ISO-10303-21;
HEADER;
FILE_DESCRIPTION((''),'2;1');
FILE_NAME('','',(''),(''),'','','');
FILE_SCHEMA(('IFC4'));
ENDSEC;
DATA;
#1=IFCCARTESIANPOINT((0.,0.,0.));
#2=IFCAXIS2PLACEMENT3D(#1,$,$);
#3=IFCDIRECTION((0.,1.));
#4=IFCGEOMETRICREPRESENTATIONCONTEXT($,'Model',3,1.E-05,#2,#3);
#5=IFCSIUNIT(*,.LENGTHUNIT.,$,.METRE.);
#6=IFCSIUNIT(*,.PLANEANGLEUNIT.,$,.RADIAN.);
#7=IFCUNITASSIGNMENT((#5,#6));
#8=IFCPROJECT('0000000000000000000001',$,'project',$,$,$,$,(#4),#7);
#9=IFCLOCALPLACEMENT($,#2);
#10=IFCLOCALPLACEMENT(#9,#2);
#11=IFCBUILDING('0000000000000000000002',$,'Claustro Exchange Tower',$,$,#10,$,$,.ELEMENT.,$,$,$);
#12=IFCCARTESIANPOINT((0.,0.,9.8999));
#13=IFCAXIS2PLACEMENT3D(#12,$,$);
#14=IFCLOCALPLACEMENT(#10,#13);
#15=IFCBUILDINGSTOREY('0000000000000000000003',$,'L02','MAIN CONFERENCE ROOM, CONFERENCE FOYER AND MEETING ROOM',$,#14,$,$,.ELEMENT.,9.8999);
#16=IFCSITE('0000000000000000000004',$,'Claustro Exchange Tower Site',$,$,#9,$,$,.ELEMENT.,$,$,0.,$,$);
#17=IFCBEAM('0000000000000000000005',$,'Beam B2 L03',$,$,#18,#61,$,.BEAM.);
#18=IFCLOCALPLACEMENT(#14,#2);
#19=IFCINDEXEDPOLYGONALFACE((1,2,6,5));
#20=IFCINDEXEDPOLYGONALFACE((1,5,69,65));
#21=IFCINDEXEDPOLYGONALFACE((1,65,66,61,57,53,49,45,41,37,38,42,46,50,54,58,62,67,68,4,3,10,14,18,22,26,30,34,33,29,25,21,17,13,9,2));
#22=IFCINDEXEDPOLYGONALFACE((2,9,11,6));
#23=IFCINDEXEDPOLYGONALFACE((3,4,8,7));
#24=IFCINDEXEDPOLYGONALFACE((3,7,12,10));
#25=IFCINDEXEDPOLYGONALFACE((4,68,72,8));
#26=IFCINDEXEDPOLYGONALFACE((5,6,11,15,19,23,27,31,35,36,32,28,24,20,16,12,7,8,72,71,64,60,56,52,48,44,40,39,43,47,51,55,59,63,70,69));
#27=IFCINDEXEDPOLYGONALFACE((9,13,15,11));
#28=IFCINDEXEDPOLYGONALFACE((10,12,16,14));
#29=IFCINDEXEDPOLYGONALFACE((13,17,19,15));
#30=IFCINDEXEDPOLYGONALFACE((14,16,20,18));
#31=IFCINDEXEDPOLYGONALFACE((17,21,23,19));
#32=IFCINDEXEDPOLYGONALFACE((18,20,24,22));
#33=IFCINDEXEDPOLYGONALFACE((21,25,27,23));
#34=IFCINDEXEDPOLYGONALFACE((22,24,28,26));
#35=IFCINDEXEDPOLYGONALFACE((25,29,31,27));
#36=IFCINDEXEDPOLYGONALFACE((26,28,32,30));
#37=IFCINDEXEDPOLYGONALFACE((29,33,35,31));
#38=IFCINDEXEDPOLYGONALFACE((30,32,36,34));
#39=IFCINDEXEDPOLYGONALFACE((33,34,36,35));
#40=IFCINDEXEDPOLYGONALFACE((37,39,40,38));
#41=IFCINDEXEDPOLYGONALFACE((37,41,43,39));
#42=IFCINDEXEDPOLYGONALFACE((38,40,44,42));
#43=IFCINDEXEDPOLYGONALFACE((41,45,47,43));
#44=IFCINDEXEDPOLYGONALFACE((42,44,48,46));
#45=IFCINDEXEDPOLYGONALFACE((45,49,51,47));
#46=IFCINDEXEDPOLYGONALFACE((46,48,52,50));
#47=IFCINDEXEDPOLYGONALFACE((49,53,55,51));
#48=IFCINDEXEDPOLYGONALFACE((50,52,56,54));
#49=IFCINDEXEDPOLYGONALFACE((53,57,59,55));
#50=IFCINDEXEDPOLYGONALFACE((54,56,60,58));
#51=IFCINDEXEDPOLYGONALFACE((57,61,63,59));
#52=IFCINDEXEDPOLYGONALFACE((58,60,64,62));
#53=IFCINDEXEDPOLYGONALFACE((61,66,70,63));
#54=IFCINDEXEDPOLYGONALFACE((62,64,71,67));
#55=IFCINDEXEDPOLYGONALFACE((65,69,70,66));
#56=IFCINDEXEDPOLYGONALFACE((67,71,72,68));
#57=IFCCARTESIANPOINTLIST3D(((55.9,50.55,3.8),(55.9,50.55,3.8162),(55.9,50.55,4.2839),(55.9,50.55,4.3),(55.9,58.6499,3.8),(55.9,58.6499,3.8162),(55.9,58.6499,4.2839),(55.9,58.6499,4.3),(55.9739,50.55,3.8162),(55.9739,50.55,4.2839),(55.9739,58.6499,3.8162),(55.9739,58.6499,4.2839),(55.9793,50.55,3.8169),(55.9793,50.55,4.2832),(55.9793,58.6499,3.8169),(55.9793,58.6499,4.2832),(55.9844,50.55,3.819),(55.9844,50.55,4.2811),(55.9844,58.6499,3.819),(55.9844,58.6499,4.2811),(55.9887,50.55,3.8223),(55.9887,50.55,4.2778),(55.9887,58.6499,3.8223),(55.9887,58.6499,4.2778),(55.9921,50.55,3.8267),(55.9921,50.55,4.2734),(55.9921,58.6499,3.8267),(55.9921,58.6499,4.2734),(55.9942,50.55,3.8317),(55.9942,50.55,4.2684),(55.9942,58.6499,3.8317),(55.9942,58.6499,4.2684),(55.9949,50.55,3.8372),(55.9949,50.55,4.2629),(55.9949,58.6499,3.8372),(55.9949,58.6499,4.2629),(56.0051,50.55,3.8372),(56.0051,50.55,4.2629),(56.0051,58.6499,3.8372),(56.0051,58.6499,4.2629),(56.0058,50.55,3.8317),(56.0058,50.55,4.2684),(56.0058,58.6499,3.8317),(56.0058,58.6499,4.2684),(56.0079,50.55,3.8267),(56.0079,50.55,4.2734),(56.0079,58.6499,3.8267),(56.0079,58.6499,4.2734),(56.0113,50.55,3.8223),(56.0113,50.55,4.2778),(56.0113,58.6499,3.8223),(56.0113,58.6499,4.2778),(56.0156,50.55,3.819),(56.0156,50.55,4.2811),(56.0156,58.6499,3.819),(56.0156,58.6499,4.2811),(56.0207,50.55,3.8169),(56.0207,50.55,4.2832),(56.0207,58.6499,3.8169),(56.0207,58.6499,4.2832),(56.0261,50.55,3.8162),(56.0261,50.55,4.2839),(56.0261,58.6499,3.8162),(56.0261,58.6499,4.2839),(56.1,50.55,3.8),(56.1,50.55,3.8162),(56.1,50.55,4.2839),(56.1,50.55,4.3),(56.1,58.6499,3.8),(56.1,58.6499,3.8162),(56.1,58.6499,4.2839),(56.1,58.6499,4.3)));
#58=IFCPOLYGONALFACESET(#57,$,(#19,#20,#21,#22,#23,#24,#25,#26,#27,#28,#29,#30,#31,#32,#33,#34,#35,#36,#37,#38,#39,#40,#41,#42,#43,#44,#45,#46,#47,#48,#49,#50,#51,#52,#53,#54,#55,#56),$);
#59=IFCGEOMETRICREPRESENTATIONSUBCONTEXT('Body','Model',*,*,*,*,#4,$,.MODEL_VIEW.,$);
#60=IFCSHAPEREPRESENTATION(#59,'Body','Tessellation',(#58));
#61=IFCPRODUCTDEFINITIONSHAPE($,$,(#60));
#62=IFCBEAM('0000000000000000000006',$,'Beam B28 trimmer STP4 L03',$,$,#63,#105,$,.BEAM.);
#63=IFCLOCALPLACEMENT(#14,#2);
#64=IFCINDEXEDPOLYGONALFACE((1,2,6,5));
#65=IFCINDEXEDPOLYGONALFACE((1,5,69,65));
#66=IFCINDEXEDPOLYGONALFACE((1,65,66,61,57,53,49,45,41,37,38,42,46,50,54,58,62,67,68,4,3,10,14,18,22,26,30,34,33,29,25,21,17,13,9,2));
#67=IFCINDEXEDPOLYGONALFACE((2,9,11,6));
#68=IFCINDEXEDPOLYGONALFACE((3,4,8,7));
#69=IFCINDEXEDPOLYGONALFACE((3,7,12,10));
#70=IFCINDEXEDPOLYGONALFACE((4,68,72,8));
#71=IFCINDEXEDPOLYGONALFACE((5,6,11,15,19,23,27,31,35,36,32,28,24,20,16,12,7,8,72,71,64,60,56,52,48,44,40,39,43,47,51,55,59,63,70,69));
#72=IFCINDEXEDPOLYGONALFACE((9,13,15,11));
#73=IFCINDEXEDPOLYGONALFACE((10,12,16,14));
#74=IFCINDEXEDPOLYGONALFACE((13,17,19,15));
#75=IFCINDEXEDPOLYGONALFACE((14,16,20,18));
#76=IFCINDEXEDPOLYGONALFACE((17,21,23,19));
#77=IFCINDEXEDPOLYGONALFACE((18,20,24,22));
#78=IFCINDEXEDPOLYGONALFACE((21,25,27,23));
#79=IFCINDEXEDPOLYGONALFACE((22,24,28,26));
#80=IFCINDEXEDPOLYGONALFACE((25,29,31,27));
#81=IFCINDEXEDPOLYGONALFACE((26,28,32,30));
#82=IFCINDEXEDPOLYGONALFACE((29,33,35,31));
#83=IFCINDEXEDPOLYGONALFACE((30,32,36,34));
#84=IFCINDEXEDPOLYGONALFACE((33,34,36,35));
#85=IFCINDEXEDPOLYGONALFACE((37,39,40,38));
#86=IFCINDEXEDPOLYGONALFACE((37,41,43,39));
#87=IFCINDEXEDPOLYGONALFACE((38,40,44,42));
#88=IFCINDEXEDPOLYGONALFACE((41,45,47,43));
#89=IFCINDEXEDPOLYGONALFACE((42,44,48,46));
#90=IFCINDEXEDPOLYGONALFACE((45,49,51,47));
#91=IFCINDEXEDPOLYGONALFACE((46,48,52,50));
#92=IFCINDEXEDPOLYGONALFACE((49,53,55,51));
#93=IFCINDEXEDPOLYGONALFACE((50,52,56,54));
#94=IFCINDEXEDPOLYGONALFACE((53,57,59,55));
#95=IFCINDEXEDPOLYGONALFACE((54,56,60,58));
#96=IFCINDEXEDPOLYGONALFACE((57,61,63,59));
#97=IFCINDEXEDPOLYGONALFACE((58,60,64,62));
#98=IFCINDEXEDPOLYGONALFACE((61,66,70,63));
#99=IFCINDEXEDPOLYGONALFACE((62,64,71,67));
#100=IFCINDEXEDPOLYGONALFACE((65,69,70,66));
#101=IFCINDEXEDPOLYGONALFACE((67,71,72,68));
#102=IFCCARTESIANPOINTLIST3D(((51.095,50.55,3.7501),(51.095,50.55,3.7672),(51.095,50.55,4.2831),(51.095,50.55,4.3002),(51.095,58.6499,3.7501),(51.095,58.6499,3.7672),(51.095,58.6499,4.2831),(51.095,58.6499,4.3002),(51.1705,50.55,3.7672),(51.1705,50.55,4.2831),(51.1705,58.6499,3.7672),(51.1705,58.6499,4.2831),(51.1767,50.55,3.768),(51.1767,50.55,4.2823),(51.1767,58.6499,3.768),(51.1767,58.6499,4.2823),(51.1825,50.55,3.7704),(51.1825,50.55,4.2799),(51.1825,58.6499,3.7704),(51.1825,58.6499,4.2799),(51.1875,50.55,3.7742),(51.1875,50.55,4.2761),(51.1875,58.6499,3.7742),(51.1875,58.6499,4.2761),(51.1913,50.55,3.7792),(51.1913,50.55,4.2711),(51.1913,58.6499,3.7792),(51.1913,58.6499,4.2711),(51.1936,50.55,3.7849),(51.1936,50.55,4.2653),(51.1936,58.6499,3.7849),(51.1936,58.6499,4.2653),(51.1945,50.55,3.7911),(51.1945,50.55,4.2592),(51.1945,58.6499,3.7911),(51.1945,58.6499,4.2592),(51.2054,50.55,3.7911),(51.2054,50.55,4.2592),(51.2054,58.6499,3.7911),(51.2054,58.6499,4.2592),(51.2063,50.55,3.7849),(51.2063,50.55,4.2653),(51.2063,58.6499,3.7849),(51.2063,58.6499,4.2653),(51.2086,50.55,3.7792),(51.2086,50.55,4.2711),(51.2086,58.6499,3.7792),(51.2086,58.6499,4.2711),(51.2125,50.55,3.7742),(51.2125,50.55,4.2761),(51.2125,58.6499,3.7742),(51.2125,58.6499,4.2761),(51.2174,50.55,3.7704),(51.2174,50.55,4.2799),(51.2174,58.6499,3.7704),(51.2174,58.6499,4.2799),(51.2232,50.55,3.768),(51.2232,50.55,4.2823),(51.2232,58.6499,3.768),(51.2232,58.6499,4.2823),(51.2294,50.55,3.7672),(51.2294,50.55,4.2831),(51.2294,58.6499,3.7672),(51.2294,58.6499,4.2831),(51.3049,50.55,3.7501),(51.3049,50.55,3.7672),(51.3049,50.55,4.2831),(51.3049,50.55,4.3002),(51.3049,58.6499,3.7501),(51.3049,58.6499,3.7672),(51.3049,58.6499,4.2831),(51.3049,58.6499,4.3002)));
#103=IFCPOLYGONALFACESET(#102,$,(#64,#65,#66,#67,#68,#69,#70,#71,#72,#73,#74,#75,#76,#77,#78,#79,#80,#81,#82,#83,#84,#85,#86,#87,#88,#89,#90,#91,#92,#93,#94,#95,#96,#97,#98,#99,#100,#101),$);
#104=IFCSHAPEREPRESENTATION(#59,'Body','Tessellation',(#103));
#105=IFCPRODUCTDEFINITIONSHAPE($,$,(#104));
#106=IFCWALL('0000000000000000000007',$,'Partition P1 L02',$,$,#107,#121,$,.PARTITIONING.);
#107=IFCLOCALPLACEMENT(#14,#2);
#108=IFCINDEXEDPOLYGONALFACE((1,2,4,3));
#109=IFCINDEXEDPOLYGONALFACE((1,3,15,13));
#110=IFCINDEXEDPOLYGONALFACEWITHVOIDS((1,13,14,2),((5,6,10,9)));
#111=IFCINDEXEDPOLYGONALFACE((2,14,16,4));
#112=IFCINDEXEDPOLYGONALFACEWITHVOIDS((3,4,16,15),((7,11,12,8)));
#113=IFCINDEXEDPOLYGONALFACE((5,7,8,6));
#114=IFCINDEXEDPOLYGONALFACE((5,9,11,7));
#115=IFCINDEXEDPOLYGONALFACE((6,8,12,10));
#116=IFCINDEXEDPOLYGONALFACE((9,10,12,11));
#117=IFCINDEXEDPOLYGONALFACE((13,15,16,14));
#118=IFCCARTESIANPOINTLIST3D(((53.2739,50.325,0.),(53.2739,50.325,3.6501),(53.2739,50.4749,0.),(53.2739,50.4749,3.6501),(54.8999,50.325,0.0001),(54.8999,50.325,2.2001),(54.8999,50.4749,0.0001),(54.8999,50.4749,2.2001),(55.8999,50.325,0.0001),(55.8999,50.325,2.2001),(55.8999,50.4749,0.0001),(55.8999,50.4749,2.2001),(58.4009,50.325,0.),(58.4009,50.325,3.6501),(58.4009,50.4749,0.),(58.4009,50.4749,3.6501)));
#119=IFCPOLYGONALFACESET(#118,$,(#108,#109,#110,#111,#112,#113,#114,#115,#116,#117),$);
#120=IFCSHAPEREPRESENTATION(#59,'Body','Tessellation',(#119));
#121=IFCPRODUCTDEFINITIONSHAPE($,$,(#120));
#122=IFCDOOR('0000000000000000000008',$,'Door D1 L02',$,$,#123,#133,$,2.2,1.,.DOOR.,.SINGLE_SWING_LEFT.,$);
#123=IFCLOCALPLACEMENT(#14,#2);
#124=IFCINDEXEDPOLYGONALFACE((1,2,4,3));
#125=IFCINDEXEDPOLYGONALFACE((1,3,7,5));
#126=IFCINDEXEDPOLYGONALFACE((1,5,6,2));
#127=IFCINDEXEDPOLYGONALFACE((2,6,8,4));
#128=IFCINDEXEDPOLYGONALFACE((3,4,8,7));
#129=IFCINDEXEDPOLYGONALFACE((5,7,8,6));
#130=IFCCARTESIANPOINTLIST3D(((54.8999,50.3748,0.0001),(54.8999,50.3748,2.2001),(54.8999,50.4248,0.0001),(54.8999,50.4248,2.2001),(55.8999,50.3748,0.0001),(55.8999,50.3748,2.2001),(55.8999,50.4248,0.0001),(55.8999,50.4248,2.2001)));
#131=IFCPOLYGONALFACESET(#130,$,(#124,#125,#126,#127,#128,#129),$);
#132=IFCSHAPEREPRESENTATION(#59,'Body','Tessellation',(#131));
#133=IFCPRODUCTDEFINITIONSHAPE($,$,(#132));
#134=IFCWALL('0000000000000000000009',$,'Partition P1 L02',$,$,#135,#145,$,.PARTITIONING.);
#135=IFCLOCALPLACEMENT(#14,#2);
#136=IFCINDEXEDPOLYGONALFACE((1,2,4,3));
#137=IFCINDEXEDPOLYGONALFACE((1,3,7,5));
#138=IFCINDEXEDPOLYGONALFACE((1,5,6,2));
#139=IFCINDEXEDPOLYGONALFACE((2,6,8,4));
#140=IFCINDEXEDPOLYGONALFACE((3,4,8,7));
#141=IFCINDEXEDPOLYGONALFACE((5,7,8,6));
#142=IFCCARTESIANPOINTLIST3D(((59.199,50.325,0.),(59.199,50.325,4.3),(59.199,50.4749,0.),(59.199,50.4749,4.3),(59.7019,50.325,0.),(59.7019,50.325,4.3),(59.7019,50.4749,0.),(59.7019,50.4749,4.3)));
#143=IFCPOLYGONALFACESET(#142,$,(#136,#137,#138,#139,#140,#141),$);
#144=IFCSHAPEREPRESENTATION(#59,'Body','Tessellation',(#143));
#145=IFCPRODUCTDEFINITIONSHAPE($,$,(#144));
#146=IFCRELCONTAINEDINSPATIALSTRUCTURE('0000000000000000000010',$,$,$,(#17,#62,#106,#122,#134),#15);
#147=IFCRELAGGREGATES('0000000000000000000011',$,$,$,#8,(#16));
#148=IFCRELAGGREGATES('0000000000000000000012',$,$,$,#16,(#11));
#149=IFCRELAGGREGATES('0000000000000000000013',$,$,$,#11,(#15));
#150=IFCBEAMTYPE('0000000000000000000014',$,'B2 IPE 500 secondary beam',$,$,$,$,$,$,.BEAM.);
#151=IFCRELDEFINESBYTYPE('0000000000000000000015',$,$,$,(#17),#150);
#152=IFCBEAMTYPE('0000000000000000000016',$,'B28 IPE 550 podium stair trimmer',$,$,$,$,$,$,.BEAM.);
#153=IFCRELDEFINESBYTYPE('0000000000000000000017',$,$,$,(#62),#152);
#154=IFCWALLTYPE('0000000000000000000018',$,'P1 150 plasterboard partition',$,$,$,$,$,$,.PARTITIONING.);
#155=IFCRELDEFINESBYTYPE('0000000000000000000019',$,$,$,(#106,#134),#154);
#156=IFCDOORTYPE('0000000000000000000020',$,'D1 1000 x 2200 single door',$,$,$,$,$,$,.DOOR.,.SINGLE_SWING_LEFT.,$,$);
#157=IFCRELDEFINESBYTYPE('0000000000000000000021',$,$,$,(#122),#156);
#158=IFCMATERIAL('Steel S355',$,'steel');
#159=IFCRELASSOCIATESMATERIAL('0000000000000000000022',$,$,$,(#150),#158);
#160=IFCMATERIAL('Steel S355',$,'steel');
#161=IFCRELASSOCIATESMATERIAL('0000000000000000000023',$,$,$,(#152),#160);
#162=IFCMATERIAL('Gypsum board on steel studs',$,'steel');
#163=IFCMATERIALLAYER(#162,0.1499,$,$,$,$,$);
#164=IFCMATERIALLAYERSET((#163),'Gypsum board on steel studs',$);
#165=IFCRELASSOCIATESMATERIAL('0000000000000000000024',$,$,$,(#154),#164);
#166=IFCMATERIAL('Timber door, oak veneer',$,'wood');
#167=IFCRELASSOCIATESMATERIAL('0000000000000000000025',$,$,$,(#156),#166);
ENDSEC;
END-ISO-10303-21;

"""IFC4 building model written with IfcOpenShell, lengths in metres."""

from ifc_helpers import new_model, si_unit, direction, frame, frame_2d, origin, origin_2d, place, context, subcontext, project, spatial, rectangle, i_section, extrude, material, layer, layer_set, material_profile, profile_set, type_object, element, fill, save


model = new_model("IFC4")

# Units and contexts
model_context = context("Model", 3, precision=1e-05, world=origin(), true_north=direction((0.0, 1.0)))
body_context = subcontext(model_context, "Body", "Model", "MODEL_VIEW")
ifc_project = project(units=[si_unit("LENGTHUNIT", "METRE"), si_unit("PLANEANGLEUNIT", "RADIAN")], contexts=[model_context])

# Site, building, storey
site_placement = place(None, origin())
site = spatial("IfcSite", under=ifc_project, at=site_placement, Name="Claustro Exchange Tower Site", CompositionType="ELEMENT", RefElevation=0.0)
building_placement = place(site_placement, origin())
building = spatial("IfcBuilding", under=site, at=building_placement, Name="Claustro Exchange Tower", CompositionType="ELEMENT")
storey_placement = place(building_placement, frame((0.0, 0.0, 9.8999)))
storey = spatial("IfcBuildingStorey", under=building, at=storey_placement, Name="L02", Description="MAIN CONFERENCE ROOM, CONFERENCE FOYER AND MEETING ROOM", CompositionType="ELEMENT", Elevation=9.8999)

# Beams
ifc_material_1 = material(Name="Steel S355", Category="steel")
ifc_material_profile_1 = material_profile(ifc_material_1, i_section(OverallWidth=0.2, OverallDepth=0.5, WebThickness=0.0103, FlangeThickness=0.0161, FilletRadius=0.021, at=origin_2d()), Name="IPE 500")
ifc_profile_set_1 = profile_set([ifc_material_profile_1], Name="Steel S355")
beam_type_1 = type_object("IfcBeamType", Name="B2 IPE 500 secondary beam", PredefinedType="BEAM", material=ifc_profile_set_1)
for number, where, z_axis, x_axis, name in (
    (1, (56.0, 50.55, 4.05), (0.0, 1.0, 0.0), (-1.0, 0.0, 0.0), "Beam B2 L03"),
):
    element("IfcBeam", number, at=place(storey_placement, frame(where, z_axis=z_axis, x_axis=x_axis)), inside=storey, type_object=beam_type_1, Name=name, PredefinedType="BEAM", context=body_context, shape_type="SweptSolid", body=[
        extrude(i_section(OverallWidth=0.2, OverallDepth=0.5, WebThickness=0.0103, FlangeThickness=0.0161, FilletRadius=0.021, at=origin_2d()), origin(), (0.0, 0.0, 1.0), 8.0999),
    ])
ifc_material_2 = material(Name="Steel S355", Category="steel")
ifc_material_profile_2 = material_profile(ifc_material_2, i_section(OverallWidth=0.21, OverallDepth=0.55, WebThickness=0.011, FlangeThickness=0.0171, FilletRadius=0.0239, at=origin_2d()), Name="IPE 550")
ifc_profile_set_2 = profile_set([ifc_material_profile_2], Name="Steel S355")
beam_type_2 = type_object("IfcBeamType", Name="B28 IPE 550 podium stair trimmer", PredefinedType="BEAM", material=ifc_profile_set_2)
beam_placement = place(storey_placement, frame((51.2, 50.55, 4.0251), z_axis=(0.0, 1.0, 0.0), x_axis=(-1.0, 0.0, 0.0)))
element("IfcBeam", 2, at=beam_placement, inside=storey, type_object=beam_type_2, Name="Beam B28 trimmer STP4 L03", PredefinedType="BEAM", context=body_context, shape_type="SweptSolid", body=[
    extrude(i_section(OverallWidth=0.21, OverallDepth=0.55, WebThickness=0.011, FlangeThickness=0.0171, FilletRadius=0.0239, at=origin_2d()), origin(), (0.0, 0.0, 1.0), 8.0999),
])

# Wall, opening, door
ifc_material_3 = material(Name="Gypsum board on steel studs", Category="steel")
ifc_layer_1 = layer(ifc_material_3, 0.1499)
ifc_layer_set_1 = layer_set([ifc_layer_1], Name="Gypsum board on steel studs")
wall_type_1 = type_object("IfcWallType", Name="P1 150 plasterboard partition", PredefinedType="PARTITIONING", material=ifc_layer_set_1)
wall_1_placement = place(storey_placement, frame((53.2739, 50.3999, 0.0), z_axis=(0.0, 0.0, 1.0), x_axis=(1.0, 0.0, 0.0)))
wall_1 = element("IfcWall", 3, at=wall_1_placement, inside=storey, type_object=wall_type_1, Name="Partition P1 L02", PredefinedType="PARTITIONING", context=body_context, shape_type="SweptSolid", body=[
    extrude(rectangle(XDim=5.127, YDim=0.1499, at=frame_2d((2.5635, 0.0))), origin(), (0.0, 0.0, 1.0), 3.6501),
])
opening_1_placement = place(wall_1_placement, frame((1.626, 0.0, 0.0)))
opening_1 = element("IfcOpeningElement", 4, at=opening_1_placement, cuts=wall_1, PredefinedType="OPENING", context=body_context, shape_type="SweptSolid", body=[
    extrude(rectangle(XDim=1.0, YDim=2.2, at=frame_2d((0.5, 1.1001))), frame((0.0, 0.085, 0.0), z_axis=(0.0, -1.0, 0.0), x_axis=(1.0, 0.0, 0.0)), (0.0, 0.0, 1.0), 0.1699),
])
ifc_material_4 = material(Name="Timber door, oak veneer", Category="wood")
door_type = type_object("IfcDoorType", Name="D1 1000 x 2200 single door", OperationType="SINGLE_SWING_LEFT", PredefinedType="DOOR", material=ifc_material_4)
door_placement = place(opening_1_placement, origin())
door = element("IfcDoor", 5, at=door_placement, inside=storey, type_object=door_type, Name="Door D1 L02", OperationType="SINGLE_SWING_LEFT", OverallHeight=2.2, OverallWidth=1.0, PredefinedType="DOOR", context=body_context, shape_type="SweptSolid", body=[
    extrude(rectangle(XDim=1.0, YDim=2.2, at=frame_2d((0.5, 1.1001))), frame((0.0, 0.0249, 0.0), z_axis=(0.0, -1.0, 0.0), x_axis=(1.0, 0.0, 0.0)), (0.0, 0.0, 1.0), 0.05),
])
fill(opening_1, door)

# Wall
wall_2_placement = place(storey_placement, frame((59.199, 50.3999, 0.0), z_axis=(0.0, 0.0, 1.0), x_axis=(1.0, 0.0, 0.0)))
element("IfcWall", 6, at=wall_2_placement, inside=storey, type_object=wall_type_1, Name="Partition P1 L02", PredefinedType="PARTITIONING", context=body_context, shape_type="SweptSolid", body=[
    extrude(rectangle(XDim=0.5029, YDim=0.1499, at=frame_2d((0.2515, 0.0))), origin(), (0.0, 0.0, 1.0), 4.3),
])

save(model, "model.ifc")
